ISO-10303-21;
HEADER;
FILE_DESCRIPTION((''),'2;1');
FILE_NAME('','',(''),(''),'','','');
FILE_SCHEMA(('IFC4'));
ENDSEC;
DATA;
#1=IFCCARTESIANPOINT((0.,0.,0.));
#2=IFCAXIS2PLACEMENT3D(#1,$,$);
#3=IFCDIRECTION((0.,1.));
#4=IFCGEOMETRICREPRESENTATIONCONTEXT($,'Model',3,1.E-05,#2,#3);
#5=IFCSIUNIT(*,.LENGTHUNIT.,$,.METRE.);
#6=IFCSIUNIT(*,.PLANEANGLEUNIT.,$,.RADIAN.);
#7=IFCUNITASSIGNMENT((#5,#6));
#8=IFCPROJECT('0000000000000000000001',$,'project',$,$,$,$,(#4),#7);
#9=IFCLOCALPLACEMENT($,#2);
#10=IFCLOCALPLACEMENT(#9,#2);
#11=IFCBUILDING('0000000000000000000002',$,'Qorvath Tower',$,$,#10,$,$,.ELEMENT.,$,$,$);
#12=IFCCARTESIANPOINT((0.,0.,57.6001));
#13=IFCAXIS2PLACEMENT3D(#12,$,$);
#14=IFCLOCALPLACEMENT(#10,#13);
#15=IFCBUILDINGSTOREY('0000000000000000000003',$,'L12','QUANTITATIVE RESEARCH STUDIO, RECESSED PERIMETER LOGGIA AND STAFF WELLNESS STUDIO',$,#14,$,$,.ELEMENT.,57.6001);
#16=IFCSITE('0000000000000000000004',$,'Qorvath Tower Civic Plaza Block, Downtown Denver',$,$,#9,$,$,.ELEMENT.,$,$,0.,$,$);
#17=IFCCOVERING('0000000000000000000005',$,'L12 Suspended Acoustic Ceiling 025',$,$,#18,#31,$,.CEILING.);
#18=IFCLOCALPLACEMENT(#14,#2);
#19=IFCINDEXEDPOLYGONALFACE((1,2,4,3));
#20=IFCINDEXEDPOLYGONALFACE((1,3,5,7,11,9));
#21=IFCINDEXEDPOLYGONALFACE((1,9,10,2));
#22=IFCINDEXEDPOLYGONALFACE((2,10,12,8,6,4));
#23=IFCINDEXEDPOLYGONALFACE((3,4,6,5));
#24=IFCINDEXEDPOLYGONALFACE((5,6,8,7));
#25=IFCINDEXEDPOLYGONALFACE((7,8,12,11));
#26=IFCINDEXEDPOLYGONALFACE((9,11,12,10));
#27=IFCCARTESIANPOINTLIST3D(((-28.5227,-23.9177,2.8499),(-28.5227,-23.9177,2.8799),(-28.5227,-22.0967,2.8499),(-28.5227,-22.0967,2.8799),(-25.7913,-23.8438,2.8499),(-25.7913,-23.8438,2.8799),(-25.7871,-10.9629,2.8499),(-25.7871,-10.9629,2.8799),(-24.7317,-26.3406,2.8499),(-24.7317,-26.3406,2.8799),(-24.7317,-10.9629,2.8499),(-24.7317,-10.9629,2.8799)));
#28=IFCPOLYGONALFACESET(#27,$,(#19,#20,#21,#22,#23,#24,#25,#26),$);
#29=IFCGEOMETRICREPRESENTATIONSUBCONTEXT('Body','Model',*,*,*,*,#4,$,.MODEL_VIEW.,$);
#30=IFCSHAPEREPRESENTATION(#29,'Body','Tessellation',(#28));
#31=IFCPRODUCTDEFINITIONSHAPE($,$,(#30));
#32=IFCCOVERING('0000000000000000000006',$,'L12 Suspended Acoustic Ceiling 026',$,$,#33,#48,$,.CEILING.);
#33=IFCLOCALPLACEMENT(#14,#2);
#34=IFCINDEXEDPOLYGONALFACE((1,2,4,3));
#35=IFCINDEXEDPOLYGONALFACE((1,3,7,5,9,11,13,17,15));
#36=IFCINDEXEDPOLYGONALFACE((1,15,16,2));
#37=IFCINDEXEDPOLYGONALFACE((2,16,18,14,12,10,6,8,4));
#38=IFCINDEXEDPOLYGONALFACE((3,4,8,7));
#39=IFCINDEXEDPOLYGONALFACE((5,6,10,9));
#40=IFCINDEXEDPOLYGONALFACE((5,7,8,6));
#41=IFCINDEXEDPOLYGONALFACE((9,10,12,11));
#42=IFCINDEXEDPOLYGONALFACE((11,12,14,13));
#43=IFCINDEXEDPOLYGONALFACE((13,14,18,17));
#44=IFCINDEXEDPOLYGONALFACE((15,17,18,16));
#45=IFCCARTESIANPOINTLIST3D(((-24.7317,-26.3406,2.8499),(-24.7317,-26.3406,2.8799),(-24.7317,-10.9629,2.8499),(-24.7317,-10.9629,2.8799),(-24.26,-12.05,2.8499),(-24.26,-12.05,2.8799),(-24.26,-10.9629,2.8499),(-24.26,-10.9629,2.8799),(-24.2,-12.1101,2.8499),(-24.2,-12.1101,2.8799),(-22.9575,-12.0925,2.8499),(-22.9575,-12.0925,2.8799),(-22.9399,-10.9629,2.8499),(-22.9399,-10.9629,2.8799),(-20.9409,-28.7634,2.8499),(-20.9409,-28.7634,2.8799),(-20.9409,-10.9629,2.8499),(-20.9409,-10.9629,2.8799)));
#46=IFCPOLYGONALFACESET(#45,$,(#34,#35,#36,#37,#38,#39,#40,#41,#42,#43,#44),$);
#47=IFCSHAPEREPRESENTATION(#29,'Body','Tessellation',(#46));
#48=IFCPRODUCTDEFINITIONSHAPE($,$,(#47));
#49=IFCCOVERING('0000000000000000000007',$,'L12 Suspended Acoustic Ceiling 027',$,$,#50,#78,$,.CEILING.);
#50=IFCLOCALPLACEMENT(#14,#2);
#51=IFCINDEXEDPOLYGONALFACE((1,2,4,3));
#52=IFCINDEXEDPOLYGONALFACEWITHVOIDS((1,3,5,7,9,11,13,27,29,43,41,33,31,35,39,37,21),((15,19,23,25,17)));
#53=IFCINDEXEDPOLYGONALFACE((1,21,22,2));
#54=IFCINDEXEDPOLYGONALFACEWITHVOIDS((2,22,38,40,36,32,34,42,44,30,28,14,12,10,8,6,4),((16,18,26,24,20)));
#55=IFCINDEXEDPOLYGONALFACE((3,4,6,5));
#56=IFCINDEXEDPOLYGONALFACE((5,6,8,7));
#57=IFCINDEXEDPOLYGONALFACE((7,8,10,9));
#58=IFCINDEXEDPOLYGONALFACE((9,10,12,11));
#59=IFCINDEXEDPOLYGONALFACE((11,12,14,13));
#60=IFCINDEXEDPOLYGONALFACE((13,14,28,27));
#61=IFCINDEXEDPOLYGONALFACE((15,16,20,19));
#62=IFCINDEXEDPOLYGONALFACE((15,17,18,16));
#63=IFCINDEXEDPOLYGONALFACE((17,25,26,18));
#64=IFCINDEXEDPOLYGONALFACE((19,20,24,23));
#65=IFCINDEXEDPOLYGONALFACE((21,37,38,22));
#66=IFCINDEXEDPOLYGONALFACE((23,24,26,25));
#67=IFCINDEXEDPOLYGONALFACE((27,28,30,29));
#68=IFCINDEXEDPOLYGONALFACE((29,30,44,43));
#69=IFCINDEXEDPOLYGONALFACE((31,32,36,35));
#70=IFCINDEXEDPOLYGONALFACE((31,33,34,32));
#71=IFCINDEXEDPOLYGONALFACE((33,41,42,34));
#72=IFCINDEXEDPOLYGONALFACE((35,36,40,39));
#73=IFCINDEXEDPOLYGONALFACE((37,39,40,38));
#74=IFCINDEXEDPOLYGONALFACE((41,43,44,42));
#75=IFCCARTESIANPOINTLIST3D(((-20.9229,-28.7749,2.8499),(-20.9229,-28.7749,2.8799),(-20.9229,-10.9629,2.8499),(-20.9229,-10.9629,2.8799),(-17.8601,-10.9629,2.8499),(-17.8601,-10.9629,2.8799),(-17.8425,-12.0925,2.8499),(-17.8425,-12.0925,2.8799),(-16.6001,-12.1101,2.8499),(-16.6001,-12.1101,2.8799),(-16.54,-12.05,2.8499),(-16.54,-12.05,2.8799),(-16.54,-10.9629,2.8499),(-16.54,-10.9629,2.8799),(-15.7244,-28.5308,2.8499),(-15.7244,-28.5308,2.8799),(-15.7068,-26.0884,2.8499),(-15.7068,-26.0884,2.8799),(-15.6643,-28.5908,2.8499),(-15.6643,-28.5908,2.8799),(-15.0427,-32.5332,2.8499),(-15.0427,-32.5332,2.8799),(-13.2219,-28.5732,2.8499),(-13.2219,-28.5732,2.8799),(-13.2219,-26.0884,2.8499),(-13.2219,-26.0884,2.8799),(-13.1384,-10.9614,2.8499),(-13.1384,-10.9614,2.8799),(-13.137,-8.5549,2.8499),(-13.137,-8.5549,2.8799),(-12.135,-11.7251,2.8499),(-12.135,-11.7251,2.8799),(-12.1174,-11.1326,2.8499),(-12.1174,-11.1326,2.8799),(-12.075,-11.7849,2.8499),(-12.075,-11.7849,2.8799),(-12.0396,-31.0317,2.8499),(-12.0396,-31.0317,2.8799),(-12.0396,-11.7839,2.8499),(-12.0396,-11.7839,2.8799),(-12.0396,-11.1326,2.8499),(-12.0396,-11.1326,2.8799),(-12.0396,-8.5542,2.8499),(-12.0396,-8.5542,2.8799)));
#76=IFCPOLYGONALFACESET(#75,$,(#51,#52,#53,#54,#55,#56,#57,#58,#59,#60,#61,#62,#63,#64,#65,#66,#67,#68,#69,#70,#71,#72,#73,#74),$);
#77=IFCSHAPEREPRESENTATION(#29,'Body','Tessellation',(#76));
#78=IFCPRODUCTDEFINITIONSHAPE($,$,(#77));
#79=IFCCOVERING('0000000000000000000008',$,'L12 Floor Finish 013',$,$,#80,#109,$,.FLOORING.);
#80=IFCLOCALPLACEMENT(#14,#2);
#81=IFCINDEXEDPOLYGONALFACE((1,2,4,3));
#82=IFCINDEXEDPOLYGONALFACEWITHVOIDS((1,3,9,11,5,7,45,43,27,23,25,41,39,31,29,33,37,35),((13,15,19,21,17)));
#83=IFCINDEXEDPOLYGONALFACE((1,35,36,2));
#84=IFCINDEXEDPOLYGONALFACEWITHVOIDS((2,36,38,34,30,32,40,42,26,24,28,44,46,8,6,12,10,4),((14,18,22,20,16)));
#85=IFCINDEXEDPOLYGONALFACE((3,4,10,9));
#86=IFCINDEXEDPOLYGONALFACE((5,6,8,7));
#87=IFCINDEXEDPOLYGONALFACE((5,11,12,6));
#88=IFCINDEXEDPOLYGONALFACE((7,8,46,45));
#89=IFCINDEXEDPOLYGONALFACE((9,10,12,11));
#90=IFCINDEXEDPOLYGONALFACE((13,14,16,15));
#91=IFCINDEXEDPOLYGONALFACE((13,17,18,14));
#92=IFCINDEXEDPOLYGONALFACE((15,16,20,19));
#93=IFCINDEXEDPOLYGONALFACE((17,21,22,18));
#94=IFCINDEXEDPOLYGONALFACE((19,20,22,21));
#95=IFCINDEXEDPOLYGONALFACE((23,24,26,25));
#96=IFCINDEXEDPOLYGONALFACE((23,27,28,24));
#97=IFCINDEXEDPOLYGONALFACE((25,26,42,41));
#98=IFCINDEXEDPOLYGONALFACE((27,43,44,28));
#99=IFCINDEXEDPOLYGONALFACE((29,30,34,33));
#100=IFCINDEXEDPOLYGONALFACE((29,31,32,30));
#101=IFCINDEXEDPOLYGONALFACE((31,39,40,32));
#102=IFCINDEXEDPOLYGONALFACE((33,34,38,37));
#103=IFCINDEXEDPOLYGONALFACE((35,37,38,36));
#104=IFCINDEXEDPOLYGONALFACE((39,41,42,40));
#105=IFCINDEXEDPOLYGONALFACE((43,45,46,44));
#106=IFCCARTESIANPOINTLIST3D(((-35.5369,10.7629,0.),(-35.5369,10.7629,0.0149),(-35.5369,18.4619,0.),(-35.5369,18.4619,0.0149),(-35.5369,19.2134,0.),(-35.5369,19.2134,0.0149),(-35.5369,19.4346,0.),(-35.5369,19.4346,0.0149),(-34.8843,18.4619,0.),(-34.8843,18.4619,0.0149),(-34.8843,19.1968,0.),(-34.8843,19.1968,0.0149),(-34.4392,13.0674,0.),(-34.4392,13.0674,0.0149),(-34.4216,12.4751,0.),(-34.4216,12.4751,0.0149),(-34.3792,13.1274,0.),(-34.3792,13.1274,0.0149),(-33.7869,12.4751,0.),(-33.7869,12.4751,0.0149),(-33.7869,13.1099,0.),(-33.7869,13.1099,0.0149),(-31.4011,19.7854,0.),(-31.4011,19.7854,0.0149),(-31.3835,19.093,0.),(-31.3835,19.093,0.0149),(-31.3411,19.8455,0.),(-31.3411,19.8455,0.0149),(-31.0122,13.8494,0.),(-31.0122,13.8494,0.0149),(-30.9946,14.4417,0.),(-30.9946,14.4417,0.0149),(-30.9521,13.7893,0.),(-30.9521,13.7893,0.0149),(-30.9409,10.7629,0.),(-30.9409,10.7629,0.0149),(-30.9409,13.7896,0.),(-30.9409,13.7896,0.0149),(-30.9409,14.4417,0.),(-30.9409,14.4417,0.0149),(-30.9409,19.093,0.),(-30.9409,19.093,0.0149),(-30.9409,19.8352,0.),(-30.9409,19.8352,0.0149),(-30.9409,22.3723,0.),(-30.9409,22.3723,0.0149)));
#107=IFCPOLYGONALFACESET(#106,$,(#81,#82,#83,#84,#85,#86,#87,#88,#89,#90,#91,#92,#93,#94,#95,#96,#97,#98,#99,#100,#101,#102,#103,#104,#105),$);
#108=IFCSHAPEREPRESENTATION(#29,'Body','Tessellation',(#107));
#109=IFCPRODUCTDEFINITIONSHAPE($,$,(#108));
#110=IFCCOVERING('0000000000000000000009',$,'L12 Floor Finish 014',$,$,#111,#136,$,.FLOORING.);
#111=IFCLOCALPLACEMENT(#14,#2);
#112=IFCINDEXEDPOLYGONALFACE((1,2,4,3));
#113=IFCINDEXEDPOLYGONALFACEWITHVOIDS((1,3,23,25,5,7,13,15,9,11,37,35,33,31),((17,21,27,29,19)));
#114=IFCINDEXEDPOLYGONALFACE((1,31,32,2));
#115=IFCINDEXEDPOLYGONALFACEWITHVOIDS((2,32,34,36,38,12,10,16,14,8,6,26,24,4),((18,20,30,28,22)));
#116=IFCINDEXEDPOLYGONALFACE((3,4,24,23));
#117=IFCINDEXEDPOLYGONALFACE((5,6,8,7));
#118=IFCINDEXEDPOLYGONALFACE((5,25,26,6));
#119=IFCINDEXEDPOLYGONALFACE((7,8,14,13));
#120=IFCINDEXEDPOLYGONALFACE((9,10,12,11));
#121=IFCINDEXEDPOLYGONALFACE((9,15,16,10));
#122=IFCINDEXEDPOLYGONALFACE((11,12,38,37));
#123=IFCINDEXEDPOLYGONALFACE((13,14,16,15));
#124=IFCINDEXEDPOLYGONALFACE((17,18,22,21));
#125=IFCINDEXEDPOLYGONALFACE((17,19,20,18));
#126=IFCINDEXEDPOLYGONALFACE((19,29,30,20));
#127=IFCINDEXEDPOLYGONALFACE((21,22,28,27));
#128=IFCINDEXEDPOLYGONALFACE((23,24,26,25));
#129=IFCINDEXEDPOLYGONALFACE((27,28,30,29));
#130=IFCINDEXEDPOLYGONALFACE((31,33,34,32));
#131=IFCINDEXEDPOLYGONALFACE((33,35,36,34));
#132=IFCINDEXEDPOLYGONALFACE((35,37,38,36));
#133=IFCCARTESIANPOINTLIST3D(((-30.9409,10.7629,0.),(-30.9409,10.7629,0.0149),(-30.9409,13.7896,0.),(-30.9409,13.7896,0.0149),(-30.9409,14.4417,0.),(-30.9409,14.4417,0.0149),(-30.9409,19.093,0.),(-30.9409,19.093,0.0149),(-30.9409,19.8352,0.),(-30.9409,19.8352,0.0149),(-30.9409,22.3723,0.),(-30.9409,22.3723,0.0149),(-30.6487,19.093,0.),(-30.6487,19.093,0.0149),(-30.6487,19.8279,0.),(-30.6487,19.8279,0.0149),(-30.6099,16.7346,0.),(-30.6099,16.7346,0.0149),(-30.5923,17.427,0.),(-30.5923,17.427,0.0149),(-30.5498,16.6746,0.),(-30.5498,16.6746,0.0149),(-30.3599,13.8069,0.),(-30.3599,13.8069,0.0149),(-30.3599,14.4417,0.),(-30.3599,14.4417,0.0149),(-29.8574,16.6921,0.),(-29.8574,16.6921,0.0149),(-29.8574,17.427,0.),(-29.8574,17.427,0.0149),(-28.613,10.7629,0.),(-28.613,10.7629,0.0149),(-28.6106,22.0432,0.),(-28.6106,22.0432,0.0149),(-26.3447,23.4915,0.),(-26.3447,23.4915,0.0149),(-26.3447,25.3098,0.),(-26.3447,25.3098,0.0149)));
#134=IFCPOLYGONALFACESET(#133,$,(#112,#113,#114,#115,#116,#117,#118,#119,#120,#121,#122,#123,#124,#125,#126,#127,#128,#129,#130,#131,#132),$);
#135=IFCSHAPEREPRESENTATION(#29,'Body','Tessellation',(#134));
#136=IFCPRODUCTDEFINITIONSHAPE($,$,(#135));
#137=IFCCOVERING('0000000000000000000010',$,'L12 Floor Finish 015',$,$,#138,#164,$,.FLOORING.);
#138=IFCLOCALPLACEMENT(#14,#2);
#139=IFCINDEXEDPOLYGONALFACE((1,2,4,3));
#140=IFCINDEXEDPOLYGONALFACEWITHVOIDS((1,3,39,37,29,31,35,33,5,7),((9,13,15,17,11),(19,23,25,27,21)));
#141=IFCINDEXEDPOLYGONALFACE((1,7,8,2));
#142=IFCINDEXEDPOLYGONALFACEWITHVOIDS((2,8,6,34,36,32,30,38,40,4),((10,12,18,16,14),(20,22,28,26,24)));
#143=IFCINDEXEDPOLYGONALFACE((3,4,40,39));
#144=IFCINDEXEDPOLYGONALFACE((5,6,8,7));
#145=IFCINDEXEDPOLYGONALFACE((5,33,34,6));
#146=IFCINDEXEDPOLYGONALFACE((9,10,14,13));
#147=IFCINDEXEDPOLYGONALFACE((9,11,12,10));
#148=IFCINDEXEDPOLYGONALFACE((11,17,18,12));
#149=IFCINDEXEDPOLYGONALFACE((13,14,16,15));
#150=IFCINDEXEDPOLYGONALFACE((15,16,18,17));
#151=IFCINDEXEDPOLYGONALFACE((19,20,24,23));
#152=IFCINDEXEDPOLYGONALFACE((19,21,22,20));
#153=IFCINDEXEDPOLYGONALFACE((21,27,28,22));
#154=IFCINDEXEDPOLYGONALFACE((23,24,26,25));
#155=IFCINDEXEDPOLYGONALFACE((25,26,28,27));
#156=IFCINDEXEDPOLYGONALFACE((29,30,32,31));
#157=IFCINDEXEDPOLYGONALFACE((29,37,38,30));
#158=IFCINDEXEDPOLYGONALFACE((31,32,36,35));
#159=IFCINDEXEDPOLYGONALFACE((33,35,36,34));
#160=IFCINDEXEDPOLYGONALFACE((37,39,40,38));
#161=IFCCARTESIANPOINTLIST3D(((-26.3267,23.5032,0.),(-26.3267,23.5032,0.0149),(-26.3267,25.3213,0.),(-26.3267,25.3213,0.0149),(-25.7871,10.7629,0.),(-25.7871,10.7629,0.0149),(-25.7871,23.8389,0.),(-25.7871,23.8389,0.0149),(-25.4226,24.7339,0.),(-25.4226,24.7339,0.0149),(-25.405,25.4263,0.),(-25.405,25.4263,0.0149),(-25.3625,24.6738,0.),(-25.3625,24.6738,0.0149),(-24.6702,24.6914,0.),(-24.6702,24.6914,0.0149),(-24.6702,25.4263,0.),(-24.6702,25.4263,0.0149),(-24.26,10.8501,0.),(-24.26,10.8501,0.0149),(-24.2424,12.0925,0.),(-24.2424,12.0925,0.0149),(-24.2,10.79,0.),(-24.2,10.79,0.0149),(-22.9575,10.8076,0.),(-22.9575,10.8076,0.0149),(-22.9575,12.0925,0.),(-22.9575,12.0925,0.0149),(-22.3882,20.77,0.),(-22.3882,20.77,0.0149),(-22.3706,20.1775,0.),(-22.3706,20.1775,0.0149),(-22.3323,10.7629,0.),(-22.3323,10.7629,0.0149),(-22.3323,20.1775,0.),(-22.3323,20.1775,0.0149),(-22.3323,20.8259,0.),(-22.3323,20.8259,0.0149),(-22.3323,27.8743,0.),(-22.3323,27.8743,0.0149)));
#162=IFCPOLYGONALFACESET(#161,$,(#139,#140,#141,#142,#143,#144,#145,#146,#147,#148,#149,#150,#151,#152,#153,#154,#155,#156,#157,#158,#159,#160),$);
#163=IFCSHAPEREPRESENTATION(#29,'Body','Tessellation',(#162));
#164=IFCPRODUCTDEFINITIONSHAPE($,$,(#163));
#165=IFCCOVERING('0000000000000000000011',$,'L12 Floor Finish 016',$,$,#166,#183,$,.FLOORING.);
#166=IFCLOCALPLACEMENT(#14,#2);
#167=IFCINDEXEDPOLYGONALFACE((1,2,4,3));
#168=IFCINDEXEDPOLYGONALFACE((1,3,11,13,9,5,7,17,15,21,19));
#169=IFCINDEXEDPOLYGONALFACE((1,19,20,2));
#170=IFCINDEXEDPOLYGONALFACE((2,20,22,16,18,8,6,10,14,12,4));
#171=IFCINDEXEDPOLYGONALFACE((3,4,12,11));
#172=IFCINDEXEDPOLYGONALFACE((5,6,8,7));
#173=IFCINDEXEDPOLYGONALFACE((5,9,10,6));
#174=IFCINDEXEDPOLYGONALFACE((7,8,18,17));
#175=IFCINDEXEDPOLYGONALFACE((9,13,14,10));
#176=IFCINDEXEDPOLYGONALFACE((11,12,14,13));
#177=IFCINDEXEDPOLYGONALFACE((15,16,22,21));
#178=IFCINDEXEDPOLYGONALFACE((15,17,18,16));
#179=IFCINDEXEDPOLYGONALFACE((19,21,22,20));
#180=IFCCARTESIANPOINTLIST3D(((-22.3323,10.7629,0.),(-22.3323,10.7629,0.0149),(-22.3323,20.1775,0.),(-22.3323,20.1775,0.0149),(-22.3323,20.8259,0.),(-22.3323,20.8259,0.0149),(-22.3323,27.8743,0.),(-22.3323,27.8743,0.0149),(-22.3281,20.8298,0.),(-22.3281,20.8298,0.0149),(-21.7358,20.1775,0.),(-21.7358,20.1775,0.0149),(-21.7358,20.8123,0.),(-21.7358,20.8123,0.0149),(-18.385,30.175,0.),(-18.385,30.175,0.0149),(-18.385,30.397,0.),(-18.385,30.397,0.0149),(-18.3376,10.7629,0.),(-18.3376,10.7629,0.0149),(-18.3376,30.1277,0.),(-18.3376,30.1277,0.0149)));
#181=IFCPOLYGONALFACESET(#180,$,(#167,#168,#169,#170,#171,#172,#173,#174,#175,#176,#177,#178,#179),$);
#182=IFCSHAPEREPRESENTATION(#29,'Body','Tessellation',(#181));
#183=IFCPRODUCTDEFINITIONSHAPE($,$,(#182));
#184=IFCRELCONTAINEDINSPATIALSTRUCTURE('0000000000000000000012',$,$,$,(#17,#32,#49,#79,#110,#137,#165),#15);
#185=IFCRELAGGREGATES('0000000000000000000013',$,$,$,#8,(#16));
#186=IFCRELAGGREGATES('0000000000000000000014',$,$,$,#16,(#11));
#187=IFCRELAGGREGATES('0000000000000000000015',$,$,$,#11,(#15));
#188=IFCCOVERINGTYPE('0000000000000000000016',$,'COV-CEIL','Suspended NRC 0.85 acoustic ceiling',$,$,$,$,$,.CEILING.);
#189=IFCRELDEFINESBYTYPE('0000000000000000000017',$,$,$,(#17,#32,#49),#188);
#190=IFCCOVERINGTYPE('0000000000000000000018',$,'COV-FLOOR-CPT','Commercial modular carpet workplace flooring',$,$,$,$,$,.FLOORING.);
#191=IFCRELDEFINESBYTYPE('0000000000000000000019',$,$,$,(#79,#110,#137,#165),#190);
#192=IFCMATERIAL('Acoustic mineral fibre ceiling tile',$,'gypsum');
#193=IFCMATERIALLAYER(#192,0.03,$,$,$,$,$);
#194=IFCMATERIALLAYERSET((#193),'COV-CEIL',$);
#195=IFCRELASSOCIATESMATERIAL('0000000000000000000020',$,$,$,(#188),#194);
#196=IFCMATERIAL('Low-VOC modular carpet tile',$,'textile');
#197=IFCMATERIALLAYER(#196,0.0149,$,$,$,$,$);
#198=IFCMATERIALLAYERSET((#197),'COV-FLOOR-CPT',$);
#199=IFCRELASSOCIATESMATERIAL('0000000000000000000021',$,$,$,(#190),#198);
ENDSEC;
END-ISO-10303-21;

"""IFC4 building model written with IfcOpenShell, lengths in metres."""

from ifc_helpers import new_model, si_unit, direction, frame, origin, place, context, subcontext, project, spatial, polyline, outline, extrude, material, layer, layer_set, type_object, element, save


model = new_model("IFC4")

# Units and contexts
model_context = context("Model", 3, precision=1e-05, world=origin(), true_north=direction((0.0, 1.0)))
body_context = subcontext(model_context, "Body", "Model", "MODEL_VIEW")
ifc_project = project(units=[si_unit("LENGTHUNIT", "METRE"), si_unit("PLANEANGLEUNIT", "RADIAN")], contexts=[model_context])

# Site, building, storey
site_placement = place(None, origin())
site = spatial("IfcSite", under=ifc_project, at=site_placement, Name="Qorvath Tower Civic Plaza Block, Downtown Denver", CompositionType="ELEMENT", RefElevation=0.0)
building_placement = place(site_placement, origin())
building = spatial("IfcBuilding", under=site, at=building_placement, Name="Qorvath Tower", CompositionType="ELEMENT")
storey_placement = place(building_placement, frame((0.0, 0.0, 57.6001)))
storey = spatial("IfcBuildingStorey", under=building, at=storey_placement, Name="L12", Description="QUANTITATIVE RESEARCH STUDIO, RECESSED PERIMETER LOGGIA AND STAFF WELLNESS STUDIO", CompositionType="ELEMENT", Elevation=57.6001)

# Coverings
ifc_material_1 = material(Name="Acoustic mineral fibre ceiling tile", Category="gypsum")
ifc_layer_1 = layer(ifc_material_1, 0.03)
ifc_layer_set_1 = layer_set([ifc_layer_1], Name="COV-CEIL")
covering_type_1 = type_object("IfcCoveringType", Name="COV-CEIL", Description="Suspended NRC 0.85 acoustic ceiling", PredefinedType="CEILING", material=ifc_layer_set_1)
covering_1_placement = place(storey_placement, frame((0.0, 0.0, 2.8499)))
element("IfcCovering", 1, at=covering_1_placement, inside=storey, type_object=covering_type_1, Name="L12 Suspended Acoustic Ceiling 025", PredefinedType="CEILING", context=body_context, shape_type="SweptSolid", body=[
    extrude(outline(polyline([(-24.7317, -26.3406), (-24.7317, -10.9629), (-25.7871, -10.9629), (-25.7913, -23.8438), (-28.5227, -22.0967), (-28.5227, -23.9177), (-24.7317, -26.3406)])), origin(), (0.0, 0.0, 1.0), 0.03),
])
covering_2_placement = place(storey_placement, frame((0.0, 0.0, 2.8499)))
element("IfcCovering", 2, at=covering_2_placement, inside=storey, type_object=covering_type_1, Name="L12 Suspended Acoustic Ceiling 026", PredefinedType="CEILING", context=body_context, shape_type="SweptSolid", body=[
    extrude(outline(polyline([(-20.9409, -28.7634), (-20.9409, -10.9629), (-22.9399, -10.9629), (-22.9575, -12.0925), (-24.2, -12.1101), (-24.26, -12.05), (-24.26, -10.9629), (-24.7317, -10.9629), (-24.7317, -26.3406), (-20.9409, -28.7634)])), origin(), (0.0, 0.0, 1.0), 0.03),
])
covering_3_placement = place(storey_placement, frame((0.0, 0.0, 2.8499)))
element("IfcCovering", 3, at=covering_3_placement, inside=storey, type_object=covering_type_1, Name="L12 Suspended Acoustic Ceiling 027", PredefinedType="CEILING", context=body_context, shape_type="SweptSolid", body=[
    extrude(outline(polyline([(-17.8601, -10.9629), (-20.9229, -10.9629), (-20.9229, -28.7749), (-15.0427, -32.5332), (-12.0396, -31.0317), (-12.0396, -11.7839), (-12.075, -11.7849), (-12.135, -11.7251), (-12.1174, -11.1326), (-12.0396, -11.1326), (-12.0396, -8.5542), (-13.137, -8.5549), (-13.1384, -10.9614), (-16.54, -10.9629), (-16.54, -12.05), (-16.6001, -12.1101), (-17.8425, -12.0925), (-17.8601, -10.9629)]), holes=[polyline([(-15.7244, -28.5308), (-15.7068, -26.0884), (-13.2219, -26.0884), (-13.2219, -28.5732), (-15.6643, -28.5908), (-15.7244, -28.5308)])]), origin(), (0.0, 0.0, 1.0), 0.03),
])
ifc_material_2 = material(Name="Low-VOC modular carpet tile", Category="textile")
ifc_layer_2 = layer(ifc_material_2, 0.0149)
ifc_layer_set_2 = layer_set([ifc_layer_2], Name="COV-FLOOR-CPT")
covering_type_2 = type_object("IfcCoveringType", Name="COV-FLOOR-CPT", Description="Commercial modular carpet workplace flooring", PredefinedType="FLOORING", material=ifc_layer_set_2)
covering_4_placement = place(storey_placement, origin())
element("IfcCovering", 4, at=covering_4_placement, inside=storey, type_object=covering_type_2, Name="L12 Floor Finish 013", PredefinedType="FLOORING", context=body_context, shape_type="SweptSolid", body=[
    extrude(outline(polyline([(-30.9409, 10.7629), (-30.9409, 13.7896), (-30.9521, 13.7893), (-31.0122, 13.8494), (-30.9946, 14.4417), (-30.9409, 14.4417), (-30.9409, 19.093), (-31.3835, 19.093), (-31.4011, 19.7854), (-31.3411, 19.8455), (-30.9409, 19.8352), (-30.9409, 22.3723), (-35.5369, 19.4346), (-35.5369, 19.2134), (-34.8843, 19.1968), (-34.8843, 18.4619), (-35.5369, 18.4619), (-35.5369, 10.7629), (-30.9409, 10.7629)]), holes=[polyline([(-34.4392, 13.0674), (-34.3792, 13.1274), (-33.7869, 13.1099), (-33.7869, 12.4751), (-34.4216, 12.4751), (-34.4392, 13.0674)])]), origin(), (0.0, 0.0, 1.0), 0.0149),
])
covering_5_placement = place(storey_placement, origin())
element("IfcCovering", 5, at=covering_5_placement, inside=storey, type_object=covering_type_2, Name="L12 Floor Finish 014", PredefinedType="FLOORING", context=body_context, shape_type="SweptSolid", body=[
    extrude(outline(polyline([(-28.6106, 22.0432), (-26.3447, 23.4915), (-26.3447, 25.3098), (-30.9409, 22.3723), (-30.9409, 19.8352), (-30.6487, 19.8279), (-30.6487, 19.093), (-30.9409, 19.093), (-30.9409, 14.4417), (-30.3599, 14.4417), (-30.3599, 13.8069), (-30.9409, 13.7896), (-30.9409, 10.7629), (-28.613, 10.7629), (-28.6106, 22.0432)]), holes=[polyline([(-30.6099, 16.7346), (-30.5923, 17.427), (-29.8574, 17.427), (-29.8574, 16.6921), (-30.5498, 16.6746), (-30.6099, 16.7346)])]), origin(), (0.0, 0.0, 1.0), 0.0149),
])
covering_6_placement = place(storey_placement, origin())
element("IfcCovering", 6, at=covering_6_placement, inside=storey, type_object=covering_type_2, Name="L12 Floor Finish 015", PredefinedType="FLOORING", context=body_context, shape_type="SweptSolid", body=[
    extrude(outline(polyline([(-22.3323, 10.7629), (-22.3323, 20.1775), (-22.3706, 20.1775), (-22.3882, 20.77), (-22.3323, 20.8259), (-22.3323, 27.8743), (-26.3267, 25.3213), (-26.3267, 23.5032), (-25.7871, 23.8389), (-25.7871, 10.7629), (-22.3323, 10.7629)]), holes=[polyline([(-24.26, 10.8501), (-24.2424, 12.0925), (-22.9575, 12.0925), (-22.9575, 10.8076), (-24.2, 10.79), (-24.26, 10.8501)]), polyline([(-25.4226, 24.7339), (-25.405, 25.4263), (-24.6702, 25.4263), (-24.6702, 24.6914), (-25.3625, 24.6738), (-25.4226, 24.7339)])]), origin(), (0.0, 0.0, 1.0), 0.0149),
])
covering_7_placement = place(storey_placement, origin())
element("IfcCovering", 7, at=covering_7_placement, inside=storey, type_object=covering_type_2, Name="L12 Floor Finish 016", PredefinedType="FLOORING", context=body_context, shape_type="SweptSolid", body=[
    extrude(outline(polyline([(-18.3376, 10.7629), (-18.3376, 30.1277), (-18.385, 30.175), (-18.385, 30.397), (-22.3323, 27.8743), (-22.3323, 20.8259), (-22.3281, 20.8298), (-21.7358, 20.8123), (-21.7358, 20.1775), (-22.3323, 20.1775), (-22.3323, 10.7629), (-18.3376, 10.7629)])), origin(), (0.0, 0.0, 1.0), 0.0149),
])

save(model, "model.ifc")
